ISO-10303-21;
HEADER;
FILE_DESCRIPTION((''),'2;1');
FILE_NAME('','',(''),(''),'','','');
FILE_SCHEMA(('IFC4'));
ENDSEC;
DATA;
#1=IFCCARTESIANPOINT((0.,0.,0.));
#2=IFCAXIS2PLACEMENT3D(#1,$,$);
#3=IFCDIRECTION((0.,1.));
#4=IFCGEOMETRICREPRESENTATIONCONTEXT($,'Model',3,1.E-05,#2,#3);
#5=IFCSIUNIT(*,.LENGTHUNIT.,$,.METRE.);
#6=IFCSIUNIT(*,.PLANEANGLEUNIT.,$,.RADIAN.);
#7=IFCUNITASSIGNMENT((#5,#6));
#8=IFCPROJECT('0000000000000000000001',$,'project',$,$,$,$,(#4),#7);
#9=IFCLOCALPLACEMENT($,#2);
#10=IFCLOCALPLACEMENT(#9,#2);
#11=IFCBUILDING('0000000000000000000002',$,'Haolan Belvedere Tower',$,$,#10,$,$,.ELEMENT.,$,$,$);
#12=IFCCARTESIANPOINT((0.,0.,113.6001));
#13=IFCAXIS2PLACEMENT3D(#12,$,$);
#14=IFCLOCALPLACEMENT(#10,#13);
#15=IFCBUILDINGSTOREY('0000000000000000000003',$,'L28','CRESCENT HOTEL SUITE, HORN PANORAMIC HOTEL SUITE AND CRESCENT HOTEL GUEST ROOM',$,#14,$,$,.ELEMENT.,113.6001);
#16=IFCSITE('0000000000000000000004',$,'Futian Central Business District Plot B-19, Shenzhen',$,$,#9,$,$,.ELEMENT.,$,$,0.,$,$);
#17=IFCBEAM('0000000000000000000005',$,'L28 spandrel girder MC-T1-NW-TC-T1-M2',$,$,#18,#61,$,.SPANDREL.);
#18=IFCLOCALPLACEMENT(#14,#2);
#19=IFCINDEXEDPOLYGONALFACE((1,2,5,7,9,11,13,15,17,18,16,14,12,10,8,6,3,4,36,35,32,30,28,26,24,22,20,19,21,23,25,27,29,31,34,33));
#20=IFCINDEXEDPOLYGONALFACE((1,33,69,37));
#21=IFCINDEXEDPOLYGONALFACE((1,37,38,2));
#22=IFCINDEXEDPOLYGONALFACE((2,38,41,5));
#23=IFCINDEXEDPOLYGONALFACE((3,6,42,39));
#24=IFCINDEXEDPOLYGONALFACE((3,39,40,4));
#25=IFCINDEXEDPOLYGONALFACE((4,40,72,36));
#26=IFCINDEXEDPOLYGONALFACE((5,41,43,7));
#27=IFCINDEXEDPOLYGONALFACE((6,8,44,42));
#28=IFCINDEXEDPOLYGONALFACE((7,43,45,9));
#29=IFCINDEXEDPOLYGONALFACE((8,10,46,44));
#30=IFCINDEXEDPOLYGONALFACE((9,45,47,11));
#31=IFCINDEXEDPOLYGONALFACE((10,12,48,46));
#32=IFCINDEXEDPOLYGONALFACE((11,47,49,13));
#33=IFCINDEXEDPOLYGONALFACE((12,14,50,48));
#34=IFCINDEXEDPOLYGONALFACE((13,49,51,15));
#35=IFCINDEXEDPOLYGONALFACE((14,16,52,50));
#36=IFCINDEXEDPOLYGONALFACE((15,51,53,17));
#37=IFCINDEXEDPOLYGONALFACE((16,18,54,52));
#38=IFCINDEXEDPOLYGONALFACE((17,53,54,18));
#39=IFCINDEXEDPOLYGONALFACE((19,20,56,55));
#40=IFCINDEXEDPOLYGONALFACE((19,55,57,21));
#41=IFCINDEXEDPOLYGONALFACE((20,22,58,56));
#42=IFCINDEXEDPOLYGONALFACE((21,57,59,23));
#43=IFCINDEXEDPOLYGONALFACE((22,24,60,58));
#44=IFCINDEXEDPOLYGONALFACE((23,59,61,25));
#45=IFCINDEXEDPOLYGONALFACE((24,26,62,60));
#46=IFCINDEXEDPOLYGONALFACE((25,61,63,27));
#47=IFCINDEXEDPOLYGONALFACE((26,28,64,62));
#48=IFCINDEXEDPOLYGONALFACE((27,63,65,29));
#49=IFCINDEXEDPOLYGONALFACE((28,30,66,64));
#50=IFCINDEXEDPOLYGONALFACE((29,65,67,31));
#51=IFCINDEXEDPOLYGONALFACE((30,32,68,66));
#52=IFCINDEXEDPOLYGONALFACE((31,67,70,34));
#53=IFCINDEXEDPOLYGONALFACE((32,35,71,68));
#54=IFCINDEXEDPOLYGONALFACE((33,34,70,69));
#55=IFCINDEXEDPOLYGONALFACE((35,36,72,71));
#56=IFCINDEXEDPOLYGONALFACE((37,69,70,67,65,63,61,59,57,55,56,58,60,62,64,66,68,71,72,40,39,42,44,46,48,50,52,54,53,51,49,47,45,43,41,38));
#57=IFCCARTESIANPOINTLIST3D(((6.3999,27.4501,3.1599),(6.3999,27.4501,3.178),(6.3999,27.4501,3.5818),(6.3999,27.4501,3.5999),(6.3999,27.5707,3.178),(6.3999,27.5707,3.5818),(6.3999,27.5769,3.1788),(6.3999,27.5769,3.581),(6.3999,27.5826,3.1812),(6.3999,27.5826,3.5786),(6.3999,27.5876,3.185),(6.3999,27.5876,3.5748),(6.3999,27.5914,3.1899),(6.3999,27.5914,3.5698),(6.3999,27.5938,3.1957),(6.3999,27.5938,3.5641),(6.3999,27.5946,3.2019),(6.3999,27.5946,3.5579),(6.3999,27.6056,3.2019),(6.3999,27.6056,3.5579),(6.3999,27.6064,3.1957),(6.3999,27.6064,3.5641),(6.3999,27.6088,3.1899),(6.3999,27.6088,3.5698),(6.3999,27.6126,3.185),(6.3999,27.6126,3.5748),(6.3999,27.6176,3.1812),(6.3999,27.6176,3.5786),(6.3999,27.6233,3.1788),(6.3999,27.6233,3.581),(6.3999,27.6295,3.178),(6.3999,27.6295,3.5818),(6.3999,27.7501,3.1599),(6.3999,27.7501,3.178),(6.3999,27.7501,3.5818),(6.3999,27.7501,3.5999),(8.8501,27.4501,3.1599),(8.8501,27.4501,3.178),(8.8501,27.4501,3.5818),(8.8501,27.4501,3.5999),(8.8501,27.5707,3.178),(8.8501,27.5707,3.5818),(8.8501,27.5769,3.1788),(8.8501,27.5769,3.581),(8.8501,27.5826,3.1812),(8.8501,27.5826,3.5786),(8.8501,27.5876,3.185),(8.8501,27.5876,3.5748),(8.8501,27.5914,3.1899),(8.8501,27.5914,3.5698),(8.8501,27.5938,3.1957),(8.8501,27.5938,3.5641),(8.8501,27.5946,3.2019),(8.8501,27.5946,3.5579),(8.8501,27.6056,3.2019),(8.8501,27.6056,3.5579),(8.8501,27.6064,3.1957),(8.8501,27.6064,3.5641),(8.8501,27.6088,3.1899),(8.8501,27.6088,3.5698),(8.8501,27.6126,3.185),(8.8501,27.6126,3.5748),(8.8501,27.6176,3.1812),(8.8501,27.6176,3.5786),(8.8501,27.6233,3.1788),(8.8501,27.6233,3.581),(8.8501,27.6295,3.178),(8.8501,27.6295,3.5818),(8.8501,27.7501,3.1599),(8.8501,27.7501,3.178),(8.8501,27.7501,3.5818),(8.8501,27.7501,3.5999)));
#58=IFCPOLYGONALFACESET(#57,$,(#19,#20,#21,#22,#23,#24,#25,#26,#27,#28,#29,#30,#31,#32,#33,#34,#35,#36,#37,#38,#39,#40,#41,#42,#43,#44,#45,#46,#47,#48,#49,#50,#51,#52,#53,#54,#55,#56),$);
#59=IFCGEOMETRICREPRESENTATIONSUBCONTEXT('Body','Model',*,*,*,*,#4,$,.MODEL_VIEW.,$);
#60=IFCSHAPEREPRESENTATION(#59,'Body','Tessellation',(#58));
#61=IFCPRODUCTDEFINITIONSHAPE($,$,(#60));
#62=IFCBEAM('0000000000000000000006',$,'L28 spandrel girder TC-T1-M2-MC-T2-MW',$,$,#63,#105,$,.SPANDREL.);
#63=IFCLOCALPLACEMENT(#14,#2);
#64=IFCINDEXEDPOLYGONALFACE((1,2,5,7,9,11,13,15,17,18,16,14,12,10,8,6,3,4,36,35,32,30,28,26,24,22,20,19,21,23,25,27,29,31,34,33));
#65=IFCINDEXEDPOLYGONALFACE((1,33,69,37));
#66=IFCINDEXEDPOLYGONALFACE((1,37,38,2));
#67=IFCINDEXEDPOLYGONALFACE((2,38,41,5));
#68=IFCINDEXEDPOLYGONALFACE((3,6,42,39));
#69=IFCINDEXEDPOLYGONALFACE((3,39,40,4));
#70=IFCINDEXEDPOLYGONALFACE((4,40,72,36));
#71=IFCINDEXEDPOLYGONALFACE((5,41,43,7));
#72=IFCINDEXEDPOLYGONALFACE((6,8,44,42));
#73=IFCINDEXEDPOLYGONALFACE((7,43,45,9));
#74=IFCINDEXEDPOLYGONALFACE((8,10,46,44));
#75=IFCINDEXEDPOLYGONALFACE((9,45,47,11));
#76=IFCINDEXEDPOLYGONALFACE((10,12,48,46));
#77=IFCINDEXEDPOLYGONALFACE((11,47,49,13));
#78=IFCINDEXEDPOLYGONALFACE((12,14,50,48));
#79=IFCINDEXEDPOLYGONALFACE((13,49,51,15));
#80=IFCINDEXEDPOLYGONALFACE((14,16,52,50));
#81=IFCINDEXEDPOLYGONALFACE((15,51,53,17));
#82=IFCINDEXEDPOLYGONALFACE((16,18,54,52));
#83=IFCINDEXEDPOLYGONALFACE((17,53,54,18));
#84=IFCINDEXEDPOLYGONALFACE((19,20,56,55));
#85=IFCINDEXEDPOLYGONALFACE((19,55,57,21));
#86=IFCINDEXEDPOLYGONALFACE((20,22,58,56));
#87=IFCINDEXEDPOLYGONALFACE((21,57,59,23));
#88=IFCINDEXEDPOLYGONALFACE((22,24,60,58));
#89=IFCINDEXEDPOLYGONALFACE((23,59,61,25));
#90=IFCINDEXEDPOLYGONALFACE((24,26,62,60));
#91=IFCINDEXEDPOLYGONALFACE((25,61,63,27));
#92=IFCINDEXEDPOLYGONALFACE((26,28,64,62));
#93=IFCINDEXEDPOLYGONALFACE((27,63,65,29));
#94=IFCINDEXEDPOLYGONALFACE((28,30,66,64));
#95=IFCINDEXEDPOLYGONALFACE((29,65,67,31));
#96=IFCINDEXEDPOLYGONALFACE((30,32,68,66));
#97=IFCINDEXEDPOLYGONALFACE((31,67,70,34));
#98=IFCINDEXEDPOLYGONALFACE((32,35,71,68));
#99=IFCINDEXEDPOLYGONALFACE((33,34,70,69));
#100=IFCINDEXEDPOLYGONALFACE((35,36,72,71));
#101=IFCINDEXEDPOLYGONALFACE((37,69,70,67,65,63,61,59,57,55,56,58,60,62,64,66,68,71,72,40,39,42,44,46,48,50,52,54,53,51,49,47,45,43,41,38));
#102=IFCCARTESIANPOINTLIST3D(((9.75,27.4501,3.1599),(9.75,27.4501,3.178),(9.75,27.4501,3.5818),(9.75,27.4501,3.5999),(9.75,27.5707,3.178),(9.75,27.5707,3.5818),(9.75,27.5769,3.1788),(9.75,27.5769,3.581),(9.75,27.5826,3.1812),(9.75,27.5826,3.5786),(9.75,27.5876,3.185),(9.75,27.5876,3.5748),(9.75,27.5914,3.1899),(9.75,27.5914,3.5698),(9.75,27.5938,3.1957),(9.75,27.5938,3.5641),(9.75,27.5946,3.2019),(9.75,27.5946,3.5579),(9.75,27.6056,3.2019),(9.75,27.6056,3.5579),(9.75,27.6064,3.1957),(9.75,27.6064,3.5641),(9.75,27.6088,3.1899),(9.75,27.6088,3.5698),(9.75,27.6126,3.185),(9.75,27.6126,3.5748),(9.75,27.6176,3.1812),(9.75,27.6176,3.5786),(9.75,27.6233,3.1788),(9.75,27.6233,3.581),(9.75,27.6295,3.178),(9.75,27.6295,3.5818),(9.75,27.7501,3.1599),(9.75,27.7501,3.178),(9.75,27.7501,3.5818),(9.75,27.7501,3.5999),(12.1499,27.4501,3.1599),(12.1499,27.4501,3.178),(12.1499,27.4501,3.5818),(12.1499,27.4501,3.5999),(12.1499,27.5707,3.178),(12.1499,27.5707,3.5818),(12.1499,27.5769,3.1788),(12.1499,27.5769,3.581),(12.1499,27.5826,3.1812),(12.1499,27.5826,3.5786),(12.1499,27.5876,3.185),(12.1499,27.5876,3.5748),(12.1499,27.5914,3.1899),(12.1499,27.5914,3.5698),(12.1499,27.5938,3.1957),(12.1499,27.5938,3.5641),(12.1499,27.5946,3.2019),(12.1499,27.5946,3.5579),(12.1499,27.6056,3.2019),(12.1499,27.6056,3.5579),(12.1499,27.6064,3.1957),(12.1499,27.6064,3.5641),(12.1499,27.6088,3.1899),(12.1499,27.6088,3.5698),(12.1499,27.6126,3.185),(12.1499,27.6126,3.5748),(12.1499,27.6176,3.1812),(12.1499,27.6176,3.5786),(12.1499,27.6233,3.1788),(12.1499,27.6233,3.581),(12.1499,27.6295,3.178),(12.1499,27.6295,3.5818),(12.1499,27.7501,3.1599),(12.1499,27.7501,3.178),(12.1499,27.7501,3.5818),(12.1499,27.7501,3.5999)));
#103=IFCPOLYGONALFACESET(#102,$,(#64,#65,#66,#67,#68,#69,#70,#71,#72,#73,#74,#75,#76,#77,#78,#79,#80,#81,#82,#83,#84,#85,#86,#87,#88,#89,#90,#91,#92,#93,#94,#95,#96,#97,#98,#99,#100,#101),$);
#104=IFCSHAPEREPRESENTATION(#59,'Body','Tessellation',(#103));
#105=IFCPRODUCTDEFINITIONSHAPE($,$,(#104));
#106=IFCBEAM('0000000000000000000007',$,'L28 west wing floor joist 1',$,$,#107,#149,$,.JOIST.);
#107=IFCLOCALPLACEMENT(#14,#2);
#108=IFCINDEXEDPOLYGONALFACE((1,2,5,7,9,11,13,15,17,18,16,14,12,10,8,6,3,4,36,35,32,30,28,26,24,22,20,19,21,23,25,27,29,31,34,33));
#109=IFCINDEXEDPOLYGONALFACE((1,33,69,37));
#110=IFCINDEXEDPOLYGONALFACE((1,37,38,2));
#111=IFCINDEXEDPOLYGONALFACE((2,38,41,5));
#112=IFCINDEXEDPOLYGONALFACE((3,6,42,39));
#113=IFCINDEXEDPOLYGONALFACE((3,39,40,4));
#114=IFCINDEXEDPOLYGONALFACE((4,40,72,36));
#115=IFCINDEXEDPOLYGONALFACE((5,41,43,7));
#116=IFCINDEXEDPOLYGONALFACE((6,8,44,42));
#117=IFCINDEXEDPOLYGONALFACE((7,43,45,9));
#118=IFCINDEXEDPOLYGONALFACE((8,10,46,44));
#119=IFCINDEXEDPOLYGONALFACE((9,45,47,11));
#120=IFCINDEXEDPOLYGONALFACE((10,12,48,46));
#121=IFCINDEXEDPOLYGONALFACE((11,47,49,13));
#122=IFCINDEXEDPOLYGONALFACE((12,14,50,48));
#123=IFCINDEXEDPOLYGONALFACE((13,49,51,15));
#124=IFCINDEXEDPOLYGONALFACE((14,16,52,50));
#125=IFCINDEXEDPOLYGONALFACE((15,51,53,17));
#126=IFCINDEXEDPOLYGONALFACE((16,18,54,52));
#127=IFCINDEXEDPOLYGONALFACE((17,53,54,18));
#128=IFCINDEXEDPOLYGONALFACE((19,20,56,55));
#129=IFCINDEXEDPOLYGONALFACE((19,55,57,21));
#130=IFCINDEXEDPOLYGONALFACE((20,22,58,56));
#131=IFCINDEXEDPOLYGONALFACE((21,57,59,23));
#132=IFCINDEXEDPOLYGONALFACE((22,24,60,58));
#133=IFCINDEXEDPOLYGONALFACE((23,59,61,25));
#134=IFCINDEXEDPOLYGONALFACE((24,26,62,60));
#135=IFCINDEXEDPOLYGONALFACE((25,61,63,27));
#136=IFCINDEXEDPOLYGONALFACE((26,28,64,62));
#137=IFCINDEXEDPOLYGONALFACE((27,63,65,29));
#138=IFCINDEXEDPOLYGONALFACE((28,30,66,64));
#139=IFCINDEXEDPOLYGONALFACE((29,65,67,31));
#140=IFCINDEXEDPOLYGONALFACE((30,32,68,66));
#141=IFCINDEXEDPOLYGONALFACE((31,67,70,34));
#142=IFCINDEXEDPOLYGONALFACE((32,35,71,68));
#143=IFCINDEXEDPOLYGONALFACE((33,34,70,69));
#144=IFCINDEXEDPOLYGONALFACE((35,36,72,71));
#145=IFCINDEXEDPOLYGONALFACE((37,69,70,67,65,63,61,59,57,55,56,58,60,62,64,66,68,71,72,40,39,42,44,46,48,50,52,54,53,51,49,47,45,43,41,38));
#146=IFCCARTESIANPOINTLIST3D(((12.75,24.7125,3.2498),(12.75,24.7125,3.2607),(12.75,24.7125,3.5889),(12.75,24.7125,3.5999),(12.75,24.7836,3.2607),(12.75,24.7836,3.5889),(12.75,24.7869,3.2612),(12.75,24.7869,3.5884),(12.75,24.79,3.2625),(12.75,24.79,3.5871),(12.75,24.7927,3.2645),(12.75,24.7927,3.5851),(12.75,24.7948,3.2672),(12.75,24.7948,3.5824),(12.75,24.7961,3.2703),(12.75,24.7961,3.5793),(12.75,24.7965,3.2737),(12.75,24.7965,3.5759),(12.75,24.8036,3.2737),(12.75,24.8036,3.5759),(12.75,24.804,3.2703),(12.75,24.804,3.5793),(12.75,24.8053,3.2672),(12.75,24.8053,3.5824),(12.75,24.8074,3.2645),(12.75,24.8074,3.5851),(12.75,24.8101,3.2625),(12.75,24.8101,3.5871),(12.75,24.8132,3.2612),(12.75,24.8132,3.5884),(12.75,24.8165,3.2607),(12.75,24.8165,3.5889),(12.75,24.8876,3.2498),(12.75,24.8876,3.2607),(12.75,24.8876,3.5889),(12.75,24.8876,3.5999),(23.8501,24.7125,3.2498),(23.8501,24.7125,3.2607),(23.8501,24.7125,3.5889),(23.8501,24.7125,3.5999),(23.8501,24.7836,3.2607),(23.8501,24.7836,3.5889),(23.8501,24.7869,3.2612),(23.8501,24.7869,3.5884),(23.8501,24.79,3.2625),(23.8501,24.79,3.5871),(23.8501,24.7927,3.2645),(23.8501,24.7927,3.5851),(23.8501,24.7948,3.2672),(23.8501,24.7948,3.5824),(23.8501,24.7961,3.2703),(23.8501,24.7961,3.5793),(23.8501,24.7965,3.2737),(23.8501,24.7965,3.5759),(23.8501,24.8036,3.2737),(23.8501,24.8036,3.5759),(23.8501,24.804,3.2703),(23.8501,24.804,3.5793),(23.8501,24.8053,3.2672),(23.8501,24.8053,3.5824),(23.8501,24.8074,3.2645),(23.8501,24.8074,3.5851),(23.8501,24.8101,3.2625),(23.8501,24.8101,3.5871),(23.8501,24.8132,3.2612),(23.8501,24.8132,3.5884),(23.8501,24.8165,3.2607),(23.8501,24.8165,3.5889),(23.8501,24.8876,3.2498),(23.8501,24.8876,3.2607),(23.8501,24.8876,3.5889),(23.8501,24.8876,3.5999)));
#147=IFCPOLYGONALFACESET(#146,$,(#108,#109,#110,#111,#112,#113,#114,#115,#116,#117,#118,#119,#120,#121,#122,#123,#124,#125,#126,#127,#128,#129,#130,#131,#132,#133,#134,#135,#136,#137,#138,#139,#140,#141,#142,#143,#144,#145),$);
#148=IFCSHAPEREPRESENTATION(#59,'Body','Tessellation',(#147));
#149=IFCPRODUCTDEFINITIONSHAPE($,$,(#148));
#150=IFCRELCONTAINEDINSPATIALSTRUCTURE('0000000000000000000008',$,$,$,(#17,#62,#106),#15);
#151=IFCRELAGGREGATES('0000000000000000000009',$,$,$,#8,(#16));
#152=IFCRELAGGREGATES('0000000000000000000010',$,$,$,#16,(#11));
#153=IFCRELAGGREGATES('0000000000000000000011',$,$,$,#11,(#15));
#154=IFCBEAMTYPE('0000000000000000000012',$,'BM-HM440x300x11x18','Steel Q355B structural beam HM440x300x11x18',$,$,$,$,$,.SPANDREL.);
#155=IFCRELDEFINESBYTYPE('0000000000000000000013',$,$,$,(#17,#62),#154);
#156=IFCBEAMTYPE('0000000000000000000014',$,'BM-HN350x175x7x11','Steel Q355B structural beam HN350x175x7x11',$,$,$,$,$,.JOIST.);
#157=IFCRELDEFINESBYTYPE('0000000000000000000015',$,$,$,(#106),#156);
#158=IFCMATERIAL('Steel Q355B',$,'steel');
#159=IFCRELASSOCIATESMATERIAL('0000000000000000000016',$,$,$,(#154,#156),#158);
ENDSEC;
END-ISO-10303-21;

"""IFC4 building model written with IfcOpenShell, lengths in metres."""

from ifc_helpers import new_model, si_unit, direction, frame, origin, origin_2d, place, context, subcontext, project, spatial, i_section, extrude, material, material_profile, profile_set, type_object, element, save


model = new_model("IFC4")

# Units and contexts
model_context = context("Model", 3, precision=1e-05, world=origin(), true_north=direction((0.0, 1.0)))
body_context = subcontext(model_context, "Body", "Model", "MODEL_VIEW")
ifc_project = project(units=[si_unit("LENGTHUNIT", "METRE"), si_unit("PLANEANGLEUNIT", "RADIAN")], contexts=[model_context])

# Site, building, storey
site_placement = place(None, origin())
site = spatial("IfcSite", under=ifc_project, at=site_placement, Name="Futian Central Business District Plot B-19, Shenzhen", CompositionType="ELEMENT", RefElevation=0.0)
building_placement = place(site_placement, origin())
building = spatial("IfcBuilding", under=site, at=building_placement, Name="Haolan Belvedere Tower", CompositionType="ELEMENT")
storey_placement = place(building_placement, frame((0.0, 0.0, 113.6001)))
storey = spatial("IfcBuildingStorey", under=building, at=storey_placement, Name="L28", Description="CRESCENT HOTEL SUITE, HORN PANORAMIC HOTEL SUITE AND CRESCENT HOTEL GUEST ROOM", CompositionType="ELEMENT", Elevation=113.6001)

# Beams
ifc_material_1 = material(Name="Steel Q355B", Category="steel")
ifc_material_profile_1 = material_profile(ifc_material_1, i_section(OverallWidth=0.3, OverallDepth=0.4399, WebThickness=0.011, FlangeThickness=0.0181, FilletRadius=0.0239, at=origin_2d()), Name="Steel Q355B")
ifc_profile_set_1 = profile_set([ifc_material_profile_1], Name="Steel Q355B")
beam_type_1 = type_object("IfcBeamType", Name="BM-HM440x300x11x18", Description="Steel Q355B structural beam HM440x300x11x18", PredefinedType="SPANDREL", material=ifc_profile_set_1)
beam_1_placement = place(storey_placement, frame((6.3999, 27.6001, 3.3799), z_axis=(1.0, 0.0, 0.0), x_axis=(0.0, 1.0, 0.0)))
element("IfcBeam", 1, at=beam_1_placement, inside=storey, type_object=beam_type_1, Name="L28 spandrel girder MC-T1-NW-TC-T1-M2", PredefinedType="SPANDREL", context=body_context, shape_type="SweptSolid", body=[
    extrude(i_section(OverallWidth=0.3, OverallDepth=0.4399, WebThickness=0.011, FlangeThickness=0.0181, FilletRadius=0.0239, at=origin_2d()), origin(), (0.0, 0.0, 1.0), 2.4502),
])
beam_2_placement = place(storey_placement, frame((9.75, 27.6001, 3.3799), z_axis=(1.0, 0.0, 0.0), x_axis=(0.0, 1.0, 0.0)))
element("IfcBeam", 2, at=beam_2_placement, inside=storey, type_object=beam_type_1, Name="L28 spandrel girder TC-T1-M2-MC-T2-MW", PredefinedType="SPANDREL", context=body_context, shape_type="SweptSolid", body=[
    extrude(i_section(OverallWidth=0.3, OverallDepth=0.4399, WebThickness=0.011, FlangeThickness=0.0181, FilletRadius=0.0239, at=origin_2d()), origin(), (0.0, 0.0, 1.0), 2.3999),
])
ifc_material_profile_2 = material_profile(ifc_material_1, i_section(OverallWidth=0.175, OverallDepth=0.3501, WebThickness=0.0071, FlangeThickness=0.011, FilletRadius=0.0129, at=origin_2d()), Name="Steel Q355B")
ifc_profile_set_2 = profile_set([ifc_material_profile_2], Name="Steel Q355B")
beam_type_2 = type_object("IfcBeamType", Name="BM-HN350x175x7x11", Description="Steel Q355B structural beam HN350x175x7x11", PredefinedType="JOIST", material=ifc_profile_set_2)
beam_3_placement = place(storey_placement, frame((12.75, 24.8, 3.4248), z_axis=(1.0, 0.0, 0.0), x_axis=(0.0, 1.0, 0.0)))
element("IfcBeam", 3, at=beam_3_placement, inside=storey, type_object=beam_type_2, Name="L28 west wing floor joist 1", PredefinedType="JOIST", context=body_context, shape_type="SweptSolid", body=[
    extrude(i_section(OverallWidth=0.175, OverallDepth=0.3501, WebThickness=0.0071, FlangeThickness=0.011, FilletRadius=0.0129, at=origin_2d()), origin(), (0.0, 0.0, 1.0), 11.1001),
])

save(model, "model.ifc")
